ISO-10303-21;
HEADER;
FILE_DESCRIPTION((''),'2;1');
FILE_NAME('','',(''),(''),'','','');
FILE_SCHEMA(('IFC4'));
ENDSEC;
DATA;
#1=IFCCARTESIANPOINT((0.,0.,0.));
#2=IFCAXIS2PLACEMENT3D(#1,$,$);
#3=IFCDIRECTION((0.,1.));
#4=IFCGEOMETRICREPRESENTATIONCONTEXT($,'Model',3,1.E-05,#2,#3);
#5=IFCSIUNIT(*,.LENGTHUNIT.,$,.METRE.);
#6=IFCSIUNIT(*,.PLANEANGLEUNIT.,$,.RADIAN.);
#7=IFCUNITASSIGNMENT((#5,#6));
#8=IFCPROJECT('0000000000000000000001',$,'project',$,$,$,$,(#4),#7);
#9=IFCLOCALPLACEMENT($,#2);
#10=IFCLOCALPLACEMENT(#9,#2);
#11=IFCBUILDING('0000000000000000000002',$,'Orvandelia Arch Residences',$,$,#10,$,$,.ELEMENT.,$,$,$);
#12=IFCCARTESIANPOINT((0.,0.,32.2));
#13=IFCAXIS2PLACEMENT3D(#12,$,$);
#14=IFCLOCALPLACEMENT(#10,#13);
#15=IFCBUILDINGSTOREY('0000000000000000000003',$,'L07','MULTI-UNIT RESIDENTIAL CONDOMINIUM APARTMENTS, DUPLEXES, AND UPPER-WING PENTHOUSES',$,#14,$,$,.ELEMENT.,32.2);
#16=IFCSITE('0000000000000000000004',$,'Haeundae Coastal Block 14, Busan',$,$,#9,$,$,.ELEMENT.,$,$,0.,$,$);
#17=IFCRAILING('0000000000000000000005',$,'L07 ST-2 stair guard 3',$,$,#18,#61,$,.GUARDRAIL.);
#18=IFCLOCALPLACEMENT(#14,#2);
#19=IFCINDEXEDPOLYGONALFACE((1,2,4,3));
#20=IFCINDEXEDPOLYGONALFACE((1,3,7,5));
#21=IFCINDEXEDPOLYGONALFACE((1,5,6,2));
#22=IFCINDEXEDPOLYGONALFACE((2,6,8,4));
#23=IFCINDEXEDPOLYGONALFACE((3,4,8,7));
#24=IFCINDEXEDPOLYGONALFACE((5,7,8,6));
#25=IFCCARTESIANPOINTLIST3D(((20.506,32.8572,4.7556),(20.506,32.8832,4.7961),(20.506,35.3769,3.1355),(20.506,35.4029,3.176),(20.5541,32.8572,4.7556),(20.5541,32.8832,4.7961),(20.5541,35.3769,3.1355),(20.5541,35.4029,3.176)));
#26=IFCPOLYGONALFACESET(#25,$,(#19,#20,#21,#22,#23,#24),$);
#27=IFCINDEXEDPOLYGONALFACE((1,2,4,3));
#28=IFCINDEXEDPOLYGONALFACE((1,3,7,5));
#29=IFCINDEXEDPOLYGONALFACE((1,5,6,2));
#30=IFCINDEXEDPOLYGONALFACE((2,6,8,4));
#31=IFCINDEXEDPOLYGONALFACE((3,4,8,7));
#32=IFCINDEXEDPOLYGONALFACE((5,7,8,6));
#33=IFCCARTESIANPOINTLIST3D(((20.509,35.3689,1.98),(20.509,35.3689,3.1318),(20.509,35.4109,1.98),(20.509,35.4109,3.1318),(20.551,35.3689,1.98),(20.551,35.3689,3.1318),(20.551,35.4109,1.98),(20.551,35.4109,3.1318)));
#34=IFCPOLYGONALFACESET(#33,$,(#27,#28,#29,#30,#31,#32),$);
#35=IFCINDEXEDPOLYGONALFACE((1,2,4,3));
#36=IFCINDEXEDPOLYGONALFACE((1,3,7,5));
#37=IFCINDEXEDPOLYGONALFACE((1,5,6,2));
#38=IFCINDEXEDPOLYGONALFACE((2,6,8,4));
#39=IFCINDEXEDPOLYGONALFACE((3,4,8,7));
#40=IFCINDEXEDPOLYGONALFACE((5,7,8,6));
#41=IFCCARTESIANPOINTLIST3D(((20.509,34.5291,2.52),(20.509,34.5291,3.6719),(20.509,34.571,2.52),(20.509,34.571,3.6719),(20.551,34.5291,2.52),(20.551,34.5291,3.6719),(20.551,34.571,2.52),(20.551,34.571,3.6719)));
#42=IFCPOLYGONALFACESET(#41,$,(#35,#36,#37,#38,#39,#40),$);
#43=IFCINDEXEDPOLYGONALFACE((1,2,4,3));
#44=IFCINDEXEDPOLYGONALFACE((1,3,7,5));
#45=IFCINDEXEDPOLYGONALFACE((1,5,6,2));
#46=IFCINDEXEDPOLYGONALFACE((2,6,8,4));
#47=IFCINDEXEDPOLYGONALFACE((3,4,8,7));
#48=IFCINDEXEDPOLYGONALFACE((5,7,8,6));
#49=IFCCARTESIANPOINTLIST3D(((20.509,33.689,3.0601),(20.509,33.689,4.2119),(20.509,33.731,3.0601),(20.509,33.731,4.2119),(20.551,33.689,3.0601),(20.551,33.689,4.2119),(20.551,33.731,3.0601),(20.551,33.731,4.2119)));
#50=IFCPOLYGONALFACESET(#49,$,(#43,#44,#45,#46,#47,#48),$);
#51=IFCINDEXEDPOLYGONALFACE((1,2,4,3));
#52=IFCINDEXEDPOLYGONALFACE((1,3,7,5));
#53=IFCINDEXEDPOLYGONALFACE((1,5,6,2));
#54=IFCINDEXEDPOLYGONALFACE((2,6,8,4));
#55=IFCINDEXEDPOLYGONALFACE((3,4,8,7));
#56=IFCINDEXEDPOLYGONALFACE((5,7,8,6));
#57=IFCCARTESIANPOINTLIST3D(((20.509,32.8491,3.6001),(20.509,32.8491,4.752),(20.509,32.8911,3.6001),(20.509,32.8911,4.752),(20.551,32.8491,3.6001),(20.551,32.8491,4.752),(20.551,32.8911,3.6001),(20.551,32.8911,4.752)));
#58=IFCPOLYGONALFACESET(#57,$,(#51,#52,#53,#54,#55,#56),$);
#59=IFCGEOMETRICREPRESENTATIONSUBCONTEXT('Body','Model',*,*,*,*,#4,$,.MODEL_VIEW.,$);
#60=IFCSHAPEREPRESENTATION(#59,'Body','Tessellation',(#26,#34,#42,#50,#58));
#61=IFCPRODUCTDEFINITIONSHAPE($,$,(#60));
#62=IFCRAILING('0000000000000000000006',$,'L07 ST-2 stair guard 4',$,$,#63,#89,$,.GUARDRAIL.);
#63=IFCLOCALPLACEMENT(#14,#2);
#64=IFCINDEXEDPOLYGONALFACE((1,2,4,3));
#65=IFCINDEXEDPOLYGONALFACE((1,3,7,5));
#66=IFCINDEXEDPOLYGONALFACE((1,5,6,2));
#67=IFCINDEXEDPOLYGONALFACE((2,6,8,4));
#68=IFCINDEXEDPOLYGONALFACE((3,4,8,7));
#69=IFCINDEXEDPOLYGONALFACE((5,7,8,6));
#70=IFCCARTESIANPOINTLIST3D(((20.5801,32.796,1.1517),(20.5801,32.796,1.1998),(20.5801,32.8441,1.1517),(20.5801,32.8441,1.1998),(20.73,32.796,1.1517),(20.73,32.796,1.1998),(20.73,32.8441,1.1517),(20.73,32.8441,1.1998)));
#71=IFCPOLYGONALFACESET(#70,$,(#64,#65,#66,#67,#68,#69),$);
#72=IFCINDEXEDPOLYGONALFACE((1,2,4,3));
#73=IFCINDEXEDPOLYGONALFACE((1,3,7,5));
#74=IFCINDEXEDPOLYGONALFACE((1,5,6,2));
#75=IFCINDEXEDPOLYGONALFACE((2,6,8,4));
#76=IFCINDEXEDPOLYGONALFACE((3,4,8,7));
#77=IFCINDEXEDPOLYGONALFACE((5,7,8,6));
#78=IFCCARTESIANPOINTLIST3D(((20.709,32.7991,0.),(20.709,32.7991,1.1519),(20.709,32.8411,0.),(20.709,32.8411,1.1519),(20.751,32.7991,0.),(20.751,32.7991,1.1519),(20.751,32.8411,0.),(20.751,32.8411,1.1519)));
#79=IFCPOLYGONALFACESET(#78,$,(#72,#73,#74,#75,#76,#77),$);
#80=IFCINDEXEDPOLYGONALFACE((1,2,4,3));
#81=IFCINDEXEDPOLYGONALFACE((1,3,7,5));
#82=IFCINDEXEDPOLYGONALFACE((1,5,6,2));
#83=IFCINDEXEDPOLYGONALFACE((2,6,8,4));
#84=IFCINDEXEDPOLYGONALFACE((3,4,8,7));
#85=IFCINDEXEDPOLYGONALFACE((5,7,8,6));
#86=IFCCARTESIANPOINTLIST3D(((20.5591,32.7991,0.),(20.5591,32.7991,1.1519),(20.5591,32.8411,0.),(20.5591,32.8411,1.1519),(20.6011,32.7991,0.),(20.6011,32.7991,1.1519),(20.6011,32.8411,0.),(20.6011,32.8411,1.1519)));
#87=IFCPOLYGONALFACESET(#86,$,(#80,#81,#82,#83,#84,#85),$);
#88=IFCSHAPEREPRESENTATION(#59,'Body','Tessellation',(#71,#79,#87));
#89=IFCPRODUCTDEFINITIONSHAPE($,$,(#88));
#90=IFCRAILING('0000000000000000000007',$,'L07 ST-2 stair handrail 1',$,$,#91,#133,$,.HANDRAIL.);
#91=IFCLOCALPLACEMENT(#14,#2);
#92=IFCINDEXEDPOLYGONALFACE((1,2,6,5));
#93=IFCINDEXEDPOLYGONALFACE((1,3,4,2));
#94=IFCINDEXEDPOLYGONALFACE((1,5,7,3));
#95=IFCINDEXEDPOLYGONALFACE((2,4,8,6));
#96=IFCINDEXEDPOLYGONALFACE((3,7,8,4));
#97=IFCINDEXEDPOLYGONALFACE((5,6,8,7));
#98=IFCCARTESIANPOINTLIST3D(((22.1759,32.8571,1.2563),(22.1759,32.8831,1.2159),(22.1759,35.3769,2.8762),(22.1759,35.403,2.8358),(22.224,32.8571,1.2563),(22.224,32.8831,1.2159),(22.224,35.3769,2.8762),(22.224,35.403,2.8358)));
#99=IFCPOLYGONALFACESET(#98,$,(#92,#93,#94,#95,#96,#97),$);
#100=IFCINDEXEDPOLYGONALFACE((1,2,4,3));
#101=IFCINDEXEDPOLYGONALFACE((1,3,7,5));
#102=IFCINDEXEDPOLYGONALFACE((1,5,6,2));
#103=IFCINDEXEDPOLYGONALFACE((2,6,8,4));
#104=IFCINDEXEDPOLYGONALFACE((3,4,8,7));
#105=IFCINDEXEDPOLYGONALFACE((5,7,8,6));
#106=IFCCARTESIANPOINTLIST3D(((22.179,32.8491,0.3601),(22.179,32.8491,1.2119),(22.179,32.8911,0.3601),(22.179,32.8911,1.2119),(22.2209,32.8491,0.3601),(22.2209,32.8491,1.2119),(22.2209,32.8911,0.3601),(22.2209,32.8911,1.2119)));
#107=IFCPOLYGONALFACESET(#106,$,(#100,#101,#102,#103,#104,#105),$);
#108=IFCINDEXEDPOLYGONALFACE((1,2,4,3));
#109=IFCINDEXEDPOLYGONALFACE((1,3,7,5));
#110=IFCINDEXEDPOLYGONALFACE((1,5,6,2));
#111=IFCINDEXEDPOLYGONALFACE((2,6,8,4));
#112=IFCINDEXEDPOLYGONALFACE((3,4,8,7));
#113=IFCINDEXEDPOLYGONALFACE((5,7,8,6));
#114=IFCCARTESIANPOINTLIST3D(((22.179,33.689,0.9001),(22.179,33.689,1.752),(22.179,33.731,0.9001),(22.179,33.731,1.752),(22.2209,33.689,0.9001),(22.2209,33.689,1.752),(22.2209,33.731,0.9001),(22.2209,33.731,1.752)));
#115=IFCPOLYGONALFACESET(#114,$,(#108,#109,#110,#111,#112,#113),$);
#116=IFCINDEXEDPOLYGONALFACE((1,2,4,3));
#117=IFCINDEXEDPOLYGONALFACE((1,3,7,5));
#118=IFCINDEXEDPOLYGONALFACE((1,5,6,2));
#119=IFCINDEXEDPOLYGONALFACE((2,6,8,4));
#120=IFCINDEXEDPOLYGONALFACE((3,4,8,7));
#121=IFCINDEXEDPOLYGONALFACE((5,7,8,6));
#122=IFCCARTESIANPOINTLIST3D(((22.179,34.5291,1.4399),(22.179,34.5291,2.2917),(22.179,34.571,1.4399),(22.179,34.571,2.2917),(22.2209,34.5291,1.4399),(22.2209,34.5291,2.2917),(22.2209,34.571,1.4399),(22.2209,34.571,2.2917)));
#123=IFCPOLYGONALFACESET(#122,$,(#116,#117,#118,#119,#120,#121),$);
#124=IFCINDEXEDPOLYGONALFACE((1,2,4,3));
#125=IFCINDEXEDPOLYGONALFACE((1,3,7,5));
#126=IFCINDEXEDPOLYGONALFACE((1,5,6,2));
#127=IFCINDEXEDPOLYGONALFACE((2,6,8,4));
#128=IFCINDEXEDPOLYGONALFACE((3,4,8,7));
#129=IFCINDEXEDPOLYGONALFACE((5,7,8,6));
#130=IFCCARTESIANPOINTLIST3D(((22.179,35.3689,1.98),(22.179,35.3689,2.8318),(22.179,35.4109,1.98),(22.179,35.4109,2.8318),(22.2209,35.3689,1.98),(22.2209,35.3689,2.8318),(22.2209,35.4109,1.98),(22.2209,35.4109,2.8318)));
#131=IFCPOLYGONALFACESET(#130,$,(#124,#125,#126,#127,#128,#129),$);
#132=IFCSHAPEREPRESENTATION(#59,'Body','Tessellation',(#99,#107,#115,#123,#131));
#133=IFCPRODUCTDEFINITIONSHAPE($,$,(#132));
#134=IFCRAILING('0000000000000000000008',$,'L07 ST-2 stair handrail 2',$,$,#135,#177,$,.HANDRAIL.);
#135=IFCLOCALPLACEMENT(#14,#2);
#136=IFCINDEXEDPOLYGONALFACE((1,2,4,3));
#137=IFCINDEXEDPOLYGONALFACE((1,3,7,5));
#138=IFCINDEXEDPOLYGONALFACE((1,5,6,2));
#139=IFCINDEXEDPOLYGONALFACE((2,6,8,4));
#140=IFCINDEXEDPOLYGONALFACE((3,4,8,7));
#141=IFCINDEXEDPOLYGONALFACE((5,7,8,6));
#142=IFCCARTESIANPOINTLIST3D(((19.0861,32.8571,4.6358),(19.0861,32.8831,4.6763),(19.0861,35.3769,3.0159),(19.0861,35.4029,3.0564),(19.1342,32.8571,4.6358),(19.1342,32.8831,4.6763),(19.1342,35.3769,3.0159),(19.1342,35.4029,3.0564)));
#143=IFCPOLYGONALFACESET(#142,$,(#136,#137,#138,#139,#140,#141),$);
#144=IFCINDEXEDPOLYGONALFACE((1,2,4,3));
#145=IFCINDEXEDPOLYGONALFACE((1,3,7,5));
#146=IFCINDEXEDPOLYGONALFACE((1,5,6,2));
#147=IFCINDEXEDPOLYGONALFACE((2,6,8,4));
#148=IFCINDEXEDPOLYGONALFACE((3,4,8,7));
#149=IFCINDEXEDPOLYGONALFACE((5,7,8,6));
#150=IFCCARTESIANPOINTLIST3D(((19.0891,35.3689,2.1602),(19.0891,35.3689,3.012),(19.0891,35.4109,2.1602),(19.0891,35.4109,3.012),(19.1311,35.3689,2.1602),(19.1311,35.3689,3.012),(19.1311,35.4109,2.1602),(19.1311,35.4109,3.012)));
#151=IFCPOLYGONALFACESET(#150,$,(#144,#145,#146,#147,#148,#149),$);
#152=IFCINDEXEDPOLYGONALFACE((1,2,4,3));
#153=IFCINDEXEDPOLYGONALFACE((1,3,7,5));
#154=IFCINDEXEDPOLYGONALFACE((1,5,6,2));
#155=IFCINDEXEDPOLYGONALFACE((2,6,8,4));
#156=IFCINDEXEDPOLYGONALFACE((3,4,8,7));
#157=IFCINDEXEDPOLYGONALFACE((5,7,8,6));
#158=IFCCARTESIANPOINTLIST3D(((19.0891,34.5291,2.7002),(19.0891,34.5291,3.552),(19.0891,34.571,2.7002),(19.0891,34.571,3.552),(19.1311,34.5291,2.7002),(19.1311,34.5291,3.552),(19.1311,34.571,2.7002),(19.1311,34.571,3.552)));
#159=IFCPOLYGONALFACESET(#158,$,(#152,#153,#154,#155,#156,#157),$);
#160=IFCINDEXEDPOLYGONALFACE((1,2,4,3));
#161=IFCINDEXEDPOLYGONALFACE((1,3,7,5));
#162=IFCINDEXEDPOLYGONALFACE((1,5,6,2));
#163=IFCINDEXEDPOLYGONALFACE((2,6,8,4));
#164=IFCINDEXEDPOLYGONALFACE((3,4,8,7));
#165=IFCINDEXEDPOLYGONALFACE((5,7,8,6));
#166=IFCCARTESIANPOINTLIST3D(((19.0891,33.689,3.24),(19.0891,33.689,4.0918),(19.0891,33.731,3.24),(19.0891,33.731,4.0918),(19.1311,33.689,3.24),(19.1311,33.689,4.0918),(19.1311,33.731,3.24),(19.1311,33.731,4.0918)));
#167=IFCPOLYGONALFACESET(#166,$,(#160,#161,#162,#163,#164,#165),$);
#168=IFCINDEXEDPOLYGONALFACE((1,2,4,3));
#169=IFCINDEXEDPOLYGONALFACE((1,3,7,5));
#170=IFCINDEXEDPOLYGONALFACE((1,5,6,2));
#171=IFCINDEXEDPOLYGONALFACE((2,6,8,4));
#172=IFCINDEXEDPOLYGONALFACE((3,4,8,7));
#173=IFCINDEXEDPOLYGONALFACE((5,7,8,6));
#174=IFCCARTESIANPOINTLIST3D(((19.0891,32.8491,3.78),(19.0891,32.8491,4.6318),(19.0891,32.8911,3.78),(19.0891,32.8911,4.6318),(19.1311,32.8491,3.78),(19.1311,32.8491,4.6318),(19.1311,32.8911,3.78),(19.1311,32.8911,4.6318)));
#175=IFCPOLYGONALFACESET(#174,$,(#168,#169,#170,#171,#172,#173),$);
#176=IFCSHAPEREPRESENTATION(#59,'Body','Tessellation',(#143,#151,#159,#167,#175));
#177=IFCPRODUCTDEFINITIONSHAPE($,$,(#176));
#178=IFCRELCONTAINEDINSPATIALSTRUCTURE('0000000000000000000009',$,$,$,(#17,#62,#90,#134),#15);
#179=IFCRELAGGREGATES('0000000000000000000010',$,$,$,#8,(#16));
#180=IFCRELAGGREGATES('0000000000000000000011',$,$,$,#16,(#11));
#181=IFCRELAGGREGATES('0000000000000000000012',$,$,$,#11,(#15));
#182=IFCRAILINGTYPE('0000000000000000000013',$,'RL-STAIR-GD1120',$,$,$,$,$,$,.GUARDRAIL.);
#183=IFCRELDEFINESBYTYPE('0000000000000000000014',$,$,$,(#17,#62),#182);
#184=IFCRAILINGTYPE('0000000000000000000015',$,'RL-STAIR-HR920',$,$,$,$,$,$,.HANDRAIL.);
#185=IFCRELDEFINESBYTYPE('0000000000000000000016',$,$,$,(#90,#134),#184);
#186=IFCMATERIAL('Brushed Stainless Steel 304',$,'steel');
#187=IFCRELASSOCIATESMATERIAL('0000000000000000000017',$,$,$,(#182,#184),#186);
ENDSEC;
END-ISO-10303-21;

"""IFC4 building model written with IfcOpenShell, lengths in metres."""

from ifc_helpers import new_model, si_unit, direction, frame, origin, origin_2d, place, context, subcontext, project, spatial, rectangle, extrude, material, type_object, element, save


model = new_model("IFC4")

# Units and contexts
model_context = context("Model", 3, precision=1e-05, world=origin(), true_north=direction((0.0, 1.0)))
body_context = subcontext(model_context, "Body", "Model", "MODEL_VIEW")
ifc_project = project(units=[si_unit("LENGTHUNIT", "METRE"), si_unit("PLANEANGLEUNIT", "RADIAN")], contexts=[model_context])

# Site, building, storey
site_placement = place(None, origin())
site = spatial("IfcSite", under=ifc_project, at=site_placement, Name="Haeundae Coastal Block 14, Busan", CompositionType="ELEMENT", RefElevation=0.0)
building_placement = place(site_placement, origin())
building = spatial("IfcBuilding", under=site, at=building_placement, Name="Orvandelia Arch Residences", CompositionType="ELEMENT")
storey_placement = place(building_placement, frame((0.0, 0.0, 32.2)))
storey = spatial("IfcBuildingStorey", under=building, at=storey_placement, Name="L07", Description="MULTI-UNIT RESIDENTIAL CONDOMINIUM APARTMENTS, DUPLEXES, AND UPPER-WING PENTHOUSES", CompositionType="ELEMENT", Elevation=32.2)

# Railings
ifc_material_1 = material(Name="Brushed Stainless Steel 304", Category="steel")
railing_type_1 = type_object("IfcRailingType", Name="RL-STAIR-GD1120", PredefinedType="GUARDRAIL", material=ifc_material_1)
railing_1_placement = place(storey_placement, frame((20.53, 35.3899, 1.98)))
element("IfcRailing", 1, at=railing_1_placement, inside=storey, type_object=railing_type_1, Name="L07 ST-2 stair guard 3", PredefinedType="GUARDRAIL", context=body_context, shape_type="SweptSolid", body=[
    extrude(rectangle(XDim=0.0481, YDim=0.0481, at=origin_2d()), frame((0.0, 0.0, 1.1758), z_axis=(0.0, -0.841139, 0.540819), x_axis=(1.0, 0.0, 0.0)), (0.0, 0.0, 1.0), 2.9956),
    extrude(rectangle(XDim=0.042, YDim=0.042, at=origin_2d()), origin(), (0.0, 0.0, 1.0), 1.1519),
    extrude(rectangle(XDim=0.042, YDim=0.042, at=origin_2d()), frame((0.0, -0.8398, 0.54)), (0.0, 0.0, 1.0), 1.1519),
    extrude(rectangle(XDim=0.042, YDim=0.042, at=origin_2d()), frame((0.0, -1.6799, 1.0801)), (0.0, 0.0, 1.0), 1.1519),
    extrude(rectangle(XDim=0.042, YDim=0.042, at=origin_2d()), frame((0.0, -2.5198, 1.6201)), (0.0, 0.0, 1.0), 1.1519),
])
railing_2_placement = place(storey_placement, frame((20.73, 32.8201, 0.0)))
element("IfcRailing", 2, at=railing_2_placement, inside=storey, type_object=railing_type_1, Name="L07 ST-2 stair guard 4", PredefinedType="GUARDRAIL", context=body_context, shape_type="SweptSolid", body=[
    extrude(rectangle(XDim=0.0481, YDim=0.0481, at=origin_2d()), frame((0.0, 0.0, 1.1758), z_axis=(-1.0, 0.0, 0.0), x_axis=(0.0, -1.0, 0.0)), (0.0, 0.0, 1.0), 0.1499),
    extrude(rectangle(XDim=0.042, YDim=0.042, at=origin_2d()), origin(), (0.0, 0.0, 1.0), 1.1519),
    extrude(rectangle(XDim=0.042, YDim=0.042, at=origin_2d()), frame((-0.1499, 0.0, 0.0)), (0.0, 0.0, 1.0), 1.1519),
])
railing_type_2 = type_object("IfcRailingType", Name="RL-STAIR-HR920", PredefinedType="HANDRAIL", material=ifc_material_1)
railing_3_placement = place(storey_placement, frame((22.2, 32.8701, 0.3601)))
element("IfcRailing", 3, at=railing_3_placement, inside=storey, type_object=railing_type_2, Name="L07 ST-2 stair handrail 1", PredefinedType="HANDRAIL", context=body_context, shape_type="SweptSolid", body=[
    extrude(rectangle(XDim=0.0481, YDim=0.0481, at=origin_2d()), frame((0.0, 0.0, 0.876), z_axis=(0.0, 0.841176, 0.540762), x_axis=(-1.0, 0.0, 0.0)), (0.0, 0.0, 1.0), 2.9956),
    extrude(rectangle(XDim=0.042, YDim=0.042, at=origin_2d()), origin(), (0.0, 0.0, 1.0), 0.8518),
    extrude(rectangle(XDim=0.042, YDim=0.042, at=origin_2d()), frame((0.0, 0.8398, 0.54)), (0.0, 0.0, 1.0), 0.8518),
    extrude(rectangle(XDim=0.042, YDim=0.042, at=origin_2d()), frame((0.0, 1.6799, 1.0798)), (0.0, 0.0, 1.0), 0.8518),
    extrude(rectangle(XDim=0.042, YDim=0.042, at=origin_2d()), frame((0.0, 2.5198, 1.6199)), (0.0, 0.0, 1.0), 0.8518),
])
railing_4_placement = place(storey_placement, frame((19.1101, 35.3899, 2.1602)))
element("IfcRailing", 4, at=railing_4_placement, inside=storey, type_object=railing_type_2, Name="L07 ST-2 stair handrail 2", PredefinedType="HANDRAIL", context=body_context, shape_type="SweptSolid", body=[
    extrude(rectangle(XDim=0.0481, YDim=0.0481, at=origin_2d()), frame((0.0, 0.0, 0.876), z_axis=(0.0, -0.841176, 0.540762), x_axis=(1.0, 0.0, 0.0)), (0.0, 0.0, 1.0), 2.9956),
    extrude(rectangle(XDim=0.042, YDim=0.042, at=origin_2d()), origin(), (0.0, 0.0, 1.0), 0.8518),
    extrude(rectangle(XDim=0.042, YDim=0.042, at=origin_2d()), frame((0.0, -0.8398, 0.54)), (0.0, 0.0, 1.0), 0.8518),
    extrude(rectangle(XDim=0.042, YDim=0.042, at=origin_2d()), frame((0.0, -1.6799, 1.0798)), (0.0, 0.0, 1.0), 0.8518),
    extrude(rectangle(XDim=0.042, YDim=0.042, at=origin_2d()), frame((0.0, -2.5198, 1.6199)), (0.0, 0.0, 1.0), 0.8518),
])

save(model, "model.ifc")
